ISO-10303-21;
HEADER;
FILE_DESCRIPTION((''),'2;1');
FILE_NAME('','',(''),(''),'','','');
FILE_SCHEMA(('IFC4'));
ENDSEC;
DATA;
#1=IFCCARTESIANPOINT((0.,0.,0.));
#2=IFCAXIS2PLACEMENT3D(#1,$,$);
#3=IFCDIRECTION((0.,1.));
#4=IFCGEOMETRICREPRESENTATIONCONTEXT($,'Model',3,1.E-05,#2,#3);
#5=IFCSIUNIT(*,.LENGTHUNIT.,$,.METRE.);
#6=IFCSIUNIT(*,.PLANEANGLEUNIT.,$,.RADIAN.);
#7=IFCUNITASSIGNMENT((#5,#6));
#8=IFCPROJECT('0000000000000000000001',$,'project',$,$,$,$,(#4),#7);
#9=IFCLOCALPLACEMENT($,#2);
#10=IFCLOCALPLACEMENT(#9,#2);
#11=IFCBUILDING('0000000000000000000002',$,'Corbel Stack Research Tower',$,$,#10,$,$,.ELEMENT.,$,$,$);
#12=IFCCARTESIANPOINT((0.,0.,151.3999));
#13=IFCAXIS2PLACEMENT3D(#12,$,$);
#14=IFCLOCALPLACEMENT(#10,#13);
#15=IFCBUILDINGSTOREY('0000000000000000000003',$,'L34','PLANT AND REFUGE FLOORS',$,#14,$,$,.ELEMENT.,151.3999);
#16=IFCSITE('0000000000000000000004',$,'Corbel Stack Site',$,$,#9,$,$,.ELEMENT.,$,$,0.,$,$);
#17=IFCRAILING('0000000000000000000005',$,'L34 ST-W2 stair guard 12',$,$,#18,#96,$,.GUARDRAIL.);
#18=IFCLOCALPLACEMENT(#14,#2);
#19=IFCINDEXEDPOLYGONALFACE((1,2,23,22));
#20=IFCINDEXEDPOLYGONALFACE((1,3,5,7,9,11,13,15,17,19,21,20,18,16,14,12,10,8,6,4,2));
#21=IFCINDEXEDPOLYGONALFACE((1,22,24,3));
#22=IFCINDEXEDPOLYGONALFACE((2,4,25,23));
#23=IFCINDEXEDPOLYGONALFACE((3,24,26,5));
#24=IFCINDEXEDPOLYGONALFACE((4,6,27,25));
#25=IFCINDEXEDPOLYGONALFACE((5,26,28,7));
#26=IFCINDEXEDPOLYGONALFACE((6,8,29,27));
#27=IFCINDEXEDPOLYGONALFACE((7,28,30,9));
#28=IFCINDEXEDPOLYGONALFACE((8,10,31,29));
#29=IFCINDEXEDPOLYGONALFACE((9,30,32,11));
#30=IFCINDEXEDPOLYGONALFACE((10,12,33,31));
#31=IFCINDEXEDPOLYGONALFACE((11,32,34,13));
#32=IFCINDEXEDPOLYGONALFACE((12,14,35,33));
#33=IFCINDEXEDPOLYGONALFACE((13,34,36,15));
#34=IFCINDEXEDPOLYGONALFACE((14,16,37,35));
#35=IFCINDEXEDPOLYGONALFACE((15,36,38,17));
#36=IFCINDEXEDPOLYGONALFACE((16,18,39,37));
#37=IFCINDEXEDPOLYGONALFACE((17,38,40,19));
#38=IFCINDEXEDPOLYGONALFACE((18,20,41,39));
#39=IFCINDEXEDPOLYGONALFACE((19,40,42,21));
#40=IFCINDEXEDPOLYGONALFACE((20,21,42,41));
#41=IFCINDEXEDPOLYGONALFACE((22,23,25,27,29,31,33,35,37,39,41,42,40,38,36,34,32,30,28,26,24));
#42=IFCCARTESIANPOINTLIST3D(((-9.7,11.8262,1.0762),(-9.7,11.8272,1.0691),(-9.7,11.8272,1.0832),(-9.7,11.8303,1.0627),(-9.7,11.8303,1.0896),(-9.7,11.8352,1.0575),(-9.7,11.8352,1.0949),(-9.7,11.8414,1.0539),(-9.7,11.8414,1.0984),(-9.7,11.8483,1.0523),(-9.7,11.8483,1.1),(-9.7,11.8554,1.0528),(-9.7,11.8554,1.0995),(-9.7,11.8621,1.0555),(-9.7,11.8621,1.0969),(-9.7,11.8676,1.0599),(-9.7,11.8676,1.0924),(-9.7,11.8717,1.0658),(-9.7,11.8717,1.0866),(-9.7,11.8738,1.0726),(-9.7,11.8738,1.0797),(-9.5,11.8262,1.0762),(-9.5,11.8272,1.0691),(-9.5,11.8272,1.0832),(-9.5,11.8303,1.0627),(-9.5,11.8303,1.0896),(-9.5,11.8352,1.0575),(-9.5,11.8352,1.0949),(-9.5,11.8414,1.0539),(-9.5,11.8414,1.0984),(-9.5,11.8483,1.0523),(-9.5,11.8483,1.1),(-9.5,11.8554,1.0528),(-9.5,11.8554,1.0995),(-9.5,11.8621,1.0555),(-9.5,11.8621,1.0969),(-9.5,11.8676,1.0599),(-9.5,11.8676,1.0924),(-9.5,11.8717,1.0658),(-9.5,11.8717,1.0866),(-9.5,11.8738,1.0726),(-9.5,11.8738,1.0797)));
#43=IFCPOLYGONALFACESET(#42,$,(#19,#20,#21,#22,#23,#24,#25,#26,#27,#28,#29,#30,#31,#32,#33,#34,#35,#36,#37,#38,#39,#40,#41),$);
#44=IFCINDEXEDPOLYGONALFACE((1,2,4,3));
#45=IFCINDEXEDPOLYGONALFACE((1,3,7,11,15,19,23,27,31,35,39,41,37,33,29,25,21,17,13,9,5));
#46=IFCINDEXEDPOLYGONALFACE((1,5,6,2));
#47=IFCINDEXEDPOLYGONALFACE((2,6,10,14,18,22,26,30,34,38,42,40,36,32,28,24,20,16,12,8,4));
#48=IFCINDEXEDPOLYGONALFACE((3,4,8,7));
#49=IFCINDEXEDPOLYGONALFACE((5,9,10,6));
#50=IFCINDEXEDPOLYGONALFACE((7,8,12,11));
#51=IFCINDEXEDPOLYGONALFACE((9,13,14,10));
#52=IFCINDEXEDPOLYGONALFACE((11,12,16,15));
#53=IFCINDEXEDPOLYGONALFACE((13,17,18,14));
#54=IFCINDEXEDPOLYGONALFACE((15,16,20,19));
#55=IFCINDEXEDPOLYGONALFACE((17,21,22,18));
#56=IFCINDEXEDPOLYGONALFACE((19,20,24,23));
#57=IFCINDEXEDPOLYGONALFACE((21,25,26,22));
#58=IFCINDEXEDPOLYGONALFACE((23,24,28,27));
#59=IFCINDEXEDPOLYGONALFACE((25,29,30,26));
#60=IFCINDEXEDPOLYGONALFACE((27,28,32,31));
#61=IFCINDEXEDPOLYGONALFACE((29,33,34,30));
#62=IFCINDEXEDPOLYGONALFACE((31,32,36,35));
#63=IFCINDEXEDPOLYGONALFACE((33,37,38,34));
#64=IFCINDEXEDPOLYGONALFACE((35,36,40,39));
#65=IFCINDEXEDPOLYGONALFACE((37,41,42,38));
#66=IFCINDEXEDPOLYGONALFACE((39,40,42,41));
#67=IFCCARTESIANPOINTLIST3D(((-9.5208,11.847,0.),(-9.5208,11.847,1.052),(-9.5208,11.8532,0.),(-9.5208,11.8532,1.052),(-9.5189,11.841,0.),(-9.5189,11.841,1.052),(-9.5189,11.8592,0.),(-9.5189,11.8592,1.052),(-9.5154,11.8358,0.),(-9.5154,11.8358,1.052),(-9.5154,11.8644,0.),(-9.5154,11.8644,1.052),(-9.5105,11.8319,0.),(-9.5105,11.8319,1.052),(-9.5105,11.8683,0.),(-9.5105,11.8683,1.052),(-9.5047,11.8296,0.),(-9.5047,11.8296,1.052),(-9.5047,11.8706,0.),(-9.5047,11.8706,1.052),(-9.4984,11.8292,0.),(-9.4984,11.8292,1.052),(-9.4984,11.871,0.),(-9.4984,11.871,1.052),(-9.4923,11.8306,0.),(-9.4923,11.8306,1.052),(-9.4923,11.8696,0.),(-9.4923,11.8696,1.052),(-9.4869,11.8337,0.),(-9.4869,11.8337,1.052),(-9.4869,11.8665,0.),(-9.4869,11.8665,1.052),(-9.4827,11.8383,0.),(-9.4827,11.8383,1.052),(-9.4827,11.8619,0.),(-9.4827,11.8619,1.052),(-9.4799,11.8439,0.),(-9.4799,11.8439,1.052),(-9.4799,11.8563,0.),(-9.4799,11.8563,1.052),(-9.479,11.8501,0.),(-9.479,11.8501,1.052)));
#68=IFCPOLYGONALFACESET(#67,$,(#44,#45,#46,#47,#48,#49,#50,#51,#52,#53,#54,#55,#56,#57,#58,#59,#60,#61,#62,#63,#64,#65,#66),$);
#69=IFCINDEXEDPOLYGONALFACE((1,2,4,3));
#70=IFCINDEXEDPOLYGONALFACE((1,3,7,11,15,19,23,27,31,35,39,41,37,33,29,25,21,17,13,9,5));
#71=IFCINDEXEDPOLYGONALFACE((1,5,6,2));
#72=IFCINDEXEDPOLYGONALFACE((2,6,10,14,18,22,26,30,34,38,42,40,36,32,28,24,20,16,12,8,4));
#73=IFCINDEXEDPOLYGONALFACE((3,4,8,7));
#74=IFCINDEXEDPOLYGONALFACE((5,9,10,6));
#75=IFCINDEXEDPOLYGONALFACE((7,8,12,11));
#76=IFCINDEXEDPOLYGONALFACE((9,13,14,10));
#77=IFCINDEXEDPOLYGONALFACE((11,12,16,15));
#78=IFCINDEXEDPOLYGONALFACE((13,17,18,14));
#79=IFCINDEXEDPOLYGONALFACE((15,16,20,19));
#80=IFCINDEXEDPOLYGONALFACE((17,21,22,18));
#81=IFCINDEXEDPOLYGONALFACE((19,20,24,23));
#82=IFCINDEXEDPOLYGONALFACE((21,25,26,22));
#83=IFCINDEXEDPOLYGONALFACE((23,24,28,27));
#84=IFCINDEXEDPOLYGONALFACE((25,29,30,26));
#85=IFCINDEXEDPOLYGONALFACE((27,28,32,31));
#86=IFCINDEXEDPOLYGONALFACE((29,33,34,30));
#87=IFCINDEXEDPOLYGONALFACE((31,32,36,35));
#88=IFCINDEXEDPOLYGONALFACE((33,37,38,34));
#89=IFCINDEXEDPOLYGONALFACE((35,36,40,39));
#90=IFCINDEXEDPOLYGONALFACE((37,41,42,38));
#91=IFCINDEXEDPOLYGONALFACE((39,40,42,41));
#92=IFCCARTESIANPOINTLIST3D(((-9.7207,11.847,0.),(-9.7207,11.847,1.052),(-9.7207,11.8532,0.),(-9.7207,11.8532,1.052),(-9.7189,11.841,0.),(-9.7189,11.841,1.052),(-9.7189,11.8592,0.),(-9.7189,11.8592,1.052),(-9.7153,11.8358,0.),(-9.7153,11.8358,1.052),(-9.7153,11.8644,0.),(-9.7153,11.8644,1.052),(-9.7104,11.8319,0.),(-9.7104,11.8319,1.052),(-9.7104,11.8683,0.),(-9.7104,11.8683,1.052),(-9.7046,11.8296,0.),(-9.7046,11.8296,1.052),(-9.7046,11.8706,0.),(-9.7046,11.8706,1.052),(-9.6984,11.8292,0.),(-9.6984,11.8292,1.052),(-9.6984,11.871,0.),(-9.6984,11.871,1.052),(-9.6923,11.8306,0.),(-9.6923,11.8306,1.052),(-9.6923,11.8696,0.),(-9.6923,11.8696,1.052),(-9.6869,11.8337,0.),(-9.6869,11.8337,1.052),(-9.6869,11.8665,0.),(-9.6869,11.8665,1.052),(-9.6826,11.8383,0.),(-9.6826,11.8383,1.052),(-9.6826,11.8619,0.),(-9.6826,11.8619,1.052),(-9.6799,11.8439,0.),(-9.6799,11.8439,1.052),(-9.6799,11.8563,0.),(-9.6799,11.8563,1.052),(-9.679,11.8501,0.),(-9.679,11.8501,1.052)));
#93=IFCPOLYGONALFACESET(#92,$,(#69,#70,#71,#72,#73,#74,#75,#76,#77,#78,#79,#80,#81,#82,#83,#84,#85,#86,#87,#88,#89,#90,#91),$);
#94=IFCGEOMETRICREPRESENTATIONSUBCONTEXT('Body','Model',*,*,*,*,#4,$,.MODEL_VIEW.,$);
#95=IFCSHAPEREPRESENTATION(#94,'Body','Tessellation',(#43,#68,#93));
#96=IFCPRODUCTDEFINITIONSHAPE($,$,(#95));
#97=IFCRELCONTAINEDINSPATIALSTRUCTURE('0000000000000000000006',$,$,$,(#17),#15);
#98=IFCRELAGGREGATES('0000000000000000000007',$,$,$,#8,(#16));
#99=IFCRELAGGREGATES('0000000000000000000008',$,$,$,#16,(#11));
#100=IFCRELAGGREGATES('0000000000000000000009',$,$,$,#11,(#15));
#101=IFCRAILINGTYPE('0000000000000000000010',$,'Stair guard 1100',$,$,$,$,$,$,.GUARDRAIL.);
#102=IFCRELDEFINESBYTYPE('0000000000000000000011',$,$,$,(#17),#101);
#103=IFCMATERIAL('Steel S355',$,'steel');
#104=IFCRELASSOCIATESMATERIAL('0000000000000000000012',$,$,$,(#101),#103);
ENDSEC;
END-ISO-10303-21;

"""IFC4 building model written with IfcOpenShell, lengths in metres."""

from ifc_helpers import new_model, si_unit, direction, frame, origin, origin_2d, place, context, subcontext, project, spatial, circle, extrude, material, type_object, element, save


model = new_model("IFC4")

# Units and contexts
model_context = context("Model", 3, precision=1e-05, world=origin(), true_north=direction((0.0, 1.0)))
body_context = subcontext(model_context, "Body", "Model", "MODEL_VIEW")
ifc_project = project(units=[si_unit("LENGTHUNIT", "METRE"), si_unit("PLANEANGLEUNIT", "RADIAN")], contexts=[model_context])

# Site, building, storey
site_placement = place(None, origin())
site = spatial("IfcSite", under=ifc_project, at=site_placement, Name="Corbel Stack Site", CompositionType="ELEMENT", RefElevation=0.0)
building_placement = place(site_placement, origin())
building = spatial("IfcBuilding", under=site, at=building_placement, Name="Corbel Stack Research Tower", CompositionType="ELEMENT")
storey_placement = place(building_placement, frame((0.0, 0.0, 151.3999)))
storey = spatial("IfcBuildingStorey", under=building, at=storey_placement, Name="L34", Description="PLANT AND REFUGE FLOORS", CompositionType="ELEMENT", Elevation=151.3999)

# Railing
ifc_material_1 = material(Name="Steel S355", Category="steel")
railing_type_1 = type_object("IfcRailingType", Name="Stair guard 1100", PredefinedType="GUARDRAIL", material=ifc_material_1)
railing_1_placement = place(storey_placement, frame((-9.5, 11.8501, 0.0)))
element("IfcRailing", 1, at=railing_1_placement, inside=storey, type_object=railing_type_1, Name="L34 ST-W2 stair guard 12", PredefinedType="GUARDRAIL", context=body_context, shape_type="SweptSolid", body=[
    extrude(circle(Radius=0.0239, at=origin_2d()), frame((0.0, 0.0, 1.0762), z_axis=(-1.0, 0.0, 0.0), x_axis=(0.0, -1.0, 0.0)), (0.0, 0.0, 1.0), 0.2),
    extrude(circle(Radius=0.021, at=origin_2d()), origin(), (0.0, 0.0, 1.0), 1.052),
    extrude(circle(Radius=0.021, at=origin_2d()), frame((-0.2, 0.0, 0.0)), (0.0, 0.0, 1.0), 1.052),
])

save(model, "model.ifc")
